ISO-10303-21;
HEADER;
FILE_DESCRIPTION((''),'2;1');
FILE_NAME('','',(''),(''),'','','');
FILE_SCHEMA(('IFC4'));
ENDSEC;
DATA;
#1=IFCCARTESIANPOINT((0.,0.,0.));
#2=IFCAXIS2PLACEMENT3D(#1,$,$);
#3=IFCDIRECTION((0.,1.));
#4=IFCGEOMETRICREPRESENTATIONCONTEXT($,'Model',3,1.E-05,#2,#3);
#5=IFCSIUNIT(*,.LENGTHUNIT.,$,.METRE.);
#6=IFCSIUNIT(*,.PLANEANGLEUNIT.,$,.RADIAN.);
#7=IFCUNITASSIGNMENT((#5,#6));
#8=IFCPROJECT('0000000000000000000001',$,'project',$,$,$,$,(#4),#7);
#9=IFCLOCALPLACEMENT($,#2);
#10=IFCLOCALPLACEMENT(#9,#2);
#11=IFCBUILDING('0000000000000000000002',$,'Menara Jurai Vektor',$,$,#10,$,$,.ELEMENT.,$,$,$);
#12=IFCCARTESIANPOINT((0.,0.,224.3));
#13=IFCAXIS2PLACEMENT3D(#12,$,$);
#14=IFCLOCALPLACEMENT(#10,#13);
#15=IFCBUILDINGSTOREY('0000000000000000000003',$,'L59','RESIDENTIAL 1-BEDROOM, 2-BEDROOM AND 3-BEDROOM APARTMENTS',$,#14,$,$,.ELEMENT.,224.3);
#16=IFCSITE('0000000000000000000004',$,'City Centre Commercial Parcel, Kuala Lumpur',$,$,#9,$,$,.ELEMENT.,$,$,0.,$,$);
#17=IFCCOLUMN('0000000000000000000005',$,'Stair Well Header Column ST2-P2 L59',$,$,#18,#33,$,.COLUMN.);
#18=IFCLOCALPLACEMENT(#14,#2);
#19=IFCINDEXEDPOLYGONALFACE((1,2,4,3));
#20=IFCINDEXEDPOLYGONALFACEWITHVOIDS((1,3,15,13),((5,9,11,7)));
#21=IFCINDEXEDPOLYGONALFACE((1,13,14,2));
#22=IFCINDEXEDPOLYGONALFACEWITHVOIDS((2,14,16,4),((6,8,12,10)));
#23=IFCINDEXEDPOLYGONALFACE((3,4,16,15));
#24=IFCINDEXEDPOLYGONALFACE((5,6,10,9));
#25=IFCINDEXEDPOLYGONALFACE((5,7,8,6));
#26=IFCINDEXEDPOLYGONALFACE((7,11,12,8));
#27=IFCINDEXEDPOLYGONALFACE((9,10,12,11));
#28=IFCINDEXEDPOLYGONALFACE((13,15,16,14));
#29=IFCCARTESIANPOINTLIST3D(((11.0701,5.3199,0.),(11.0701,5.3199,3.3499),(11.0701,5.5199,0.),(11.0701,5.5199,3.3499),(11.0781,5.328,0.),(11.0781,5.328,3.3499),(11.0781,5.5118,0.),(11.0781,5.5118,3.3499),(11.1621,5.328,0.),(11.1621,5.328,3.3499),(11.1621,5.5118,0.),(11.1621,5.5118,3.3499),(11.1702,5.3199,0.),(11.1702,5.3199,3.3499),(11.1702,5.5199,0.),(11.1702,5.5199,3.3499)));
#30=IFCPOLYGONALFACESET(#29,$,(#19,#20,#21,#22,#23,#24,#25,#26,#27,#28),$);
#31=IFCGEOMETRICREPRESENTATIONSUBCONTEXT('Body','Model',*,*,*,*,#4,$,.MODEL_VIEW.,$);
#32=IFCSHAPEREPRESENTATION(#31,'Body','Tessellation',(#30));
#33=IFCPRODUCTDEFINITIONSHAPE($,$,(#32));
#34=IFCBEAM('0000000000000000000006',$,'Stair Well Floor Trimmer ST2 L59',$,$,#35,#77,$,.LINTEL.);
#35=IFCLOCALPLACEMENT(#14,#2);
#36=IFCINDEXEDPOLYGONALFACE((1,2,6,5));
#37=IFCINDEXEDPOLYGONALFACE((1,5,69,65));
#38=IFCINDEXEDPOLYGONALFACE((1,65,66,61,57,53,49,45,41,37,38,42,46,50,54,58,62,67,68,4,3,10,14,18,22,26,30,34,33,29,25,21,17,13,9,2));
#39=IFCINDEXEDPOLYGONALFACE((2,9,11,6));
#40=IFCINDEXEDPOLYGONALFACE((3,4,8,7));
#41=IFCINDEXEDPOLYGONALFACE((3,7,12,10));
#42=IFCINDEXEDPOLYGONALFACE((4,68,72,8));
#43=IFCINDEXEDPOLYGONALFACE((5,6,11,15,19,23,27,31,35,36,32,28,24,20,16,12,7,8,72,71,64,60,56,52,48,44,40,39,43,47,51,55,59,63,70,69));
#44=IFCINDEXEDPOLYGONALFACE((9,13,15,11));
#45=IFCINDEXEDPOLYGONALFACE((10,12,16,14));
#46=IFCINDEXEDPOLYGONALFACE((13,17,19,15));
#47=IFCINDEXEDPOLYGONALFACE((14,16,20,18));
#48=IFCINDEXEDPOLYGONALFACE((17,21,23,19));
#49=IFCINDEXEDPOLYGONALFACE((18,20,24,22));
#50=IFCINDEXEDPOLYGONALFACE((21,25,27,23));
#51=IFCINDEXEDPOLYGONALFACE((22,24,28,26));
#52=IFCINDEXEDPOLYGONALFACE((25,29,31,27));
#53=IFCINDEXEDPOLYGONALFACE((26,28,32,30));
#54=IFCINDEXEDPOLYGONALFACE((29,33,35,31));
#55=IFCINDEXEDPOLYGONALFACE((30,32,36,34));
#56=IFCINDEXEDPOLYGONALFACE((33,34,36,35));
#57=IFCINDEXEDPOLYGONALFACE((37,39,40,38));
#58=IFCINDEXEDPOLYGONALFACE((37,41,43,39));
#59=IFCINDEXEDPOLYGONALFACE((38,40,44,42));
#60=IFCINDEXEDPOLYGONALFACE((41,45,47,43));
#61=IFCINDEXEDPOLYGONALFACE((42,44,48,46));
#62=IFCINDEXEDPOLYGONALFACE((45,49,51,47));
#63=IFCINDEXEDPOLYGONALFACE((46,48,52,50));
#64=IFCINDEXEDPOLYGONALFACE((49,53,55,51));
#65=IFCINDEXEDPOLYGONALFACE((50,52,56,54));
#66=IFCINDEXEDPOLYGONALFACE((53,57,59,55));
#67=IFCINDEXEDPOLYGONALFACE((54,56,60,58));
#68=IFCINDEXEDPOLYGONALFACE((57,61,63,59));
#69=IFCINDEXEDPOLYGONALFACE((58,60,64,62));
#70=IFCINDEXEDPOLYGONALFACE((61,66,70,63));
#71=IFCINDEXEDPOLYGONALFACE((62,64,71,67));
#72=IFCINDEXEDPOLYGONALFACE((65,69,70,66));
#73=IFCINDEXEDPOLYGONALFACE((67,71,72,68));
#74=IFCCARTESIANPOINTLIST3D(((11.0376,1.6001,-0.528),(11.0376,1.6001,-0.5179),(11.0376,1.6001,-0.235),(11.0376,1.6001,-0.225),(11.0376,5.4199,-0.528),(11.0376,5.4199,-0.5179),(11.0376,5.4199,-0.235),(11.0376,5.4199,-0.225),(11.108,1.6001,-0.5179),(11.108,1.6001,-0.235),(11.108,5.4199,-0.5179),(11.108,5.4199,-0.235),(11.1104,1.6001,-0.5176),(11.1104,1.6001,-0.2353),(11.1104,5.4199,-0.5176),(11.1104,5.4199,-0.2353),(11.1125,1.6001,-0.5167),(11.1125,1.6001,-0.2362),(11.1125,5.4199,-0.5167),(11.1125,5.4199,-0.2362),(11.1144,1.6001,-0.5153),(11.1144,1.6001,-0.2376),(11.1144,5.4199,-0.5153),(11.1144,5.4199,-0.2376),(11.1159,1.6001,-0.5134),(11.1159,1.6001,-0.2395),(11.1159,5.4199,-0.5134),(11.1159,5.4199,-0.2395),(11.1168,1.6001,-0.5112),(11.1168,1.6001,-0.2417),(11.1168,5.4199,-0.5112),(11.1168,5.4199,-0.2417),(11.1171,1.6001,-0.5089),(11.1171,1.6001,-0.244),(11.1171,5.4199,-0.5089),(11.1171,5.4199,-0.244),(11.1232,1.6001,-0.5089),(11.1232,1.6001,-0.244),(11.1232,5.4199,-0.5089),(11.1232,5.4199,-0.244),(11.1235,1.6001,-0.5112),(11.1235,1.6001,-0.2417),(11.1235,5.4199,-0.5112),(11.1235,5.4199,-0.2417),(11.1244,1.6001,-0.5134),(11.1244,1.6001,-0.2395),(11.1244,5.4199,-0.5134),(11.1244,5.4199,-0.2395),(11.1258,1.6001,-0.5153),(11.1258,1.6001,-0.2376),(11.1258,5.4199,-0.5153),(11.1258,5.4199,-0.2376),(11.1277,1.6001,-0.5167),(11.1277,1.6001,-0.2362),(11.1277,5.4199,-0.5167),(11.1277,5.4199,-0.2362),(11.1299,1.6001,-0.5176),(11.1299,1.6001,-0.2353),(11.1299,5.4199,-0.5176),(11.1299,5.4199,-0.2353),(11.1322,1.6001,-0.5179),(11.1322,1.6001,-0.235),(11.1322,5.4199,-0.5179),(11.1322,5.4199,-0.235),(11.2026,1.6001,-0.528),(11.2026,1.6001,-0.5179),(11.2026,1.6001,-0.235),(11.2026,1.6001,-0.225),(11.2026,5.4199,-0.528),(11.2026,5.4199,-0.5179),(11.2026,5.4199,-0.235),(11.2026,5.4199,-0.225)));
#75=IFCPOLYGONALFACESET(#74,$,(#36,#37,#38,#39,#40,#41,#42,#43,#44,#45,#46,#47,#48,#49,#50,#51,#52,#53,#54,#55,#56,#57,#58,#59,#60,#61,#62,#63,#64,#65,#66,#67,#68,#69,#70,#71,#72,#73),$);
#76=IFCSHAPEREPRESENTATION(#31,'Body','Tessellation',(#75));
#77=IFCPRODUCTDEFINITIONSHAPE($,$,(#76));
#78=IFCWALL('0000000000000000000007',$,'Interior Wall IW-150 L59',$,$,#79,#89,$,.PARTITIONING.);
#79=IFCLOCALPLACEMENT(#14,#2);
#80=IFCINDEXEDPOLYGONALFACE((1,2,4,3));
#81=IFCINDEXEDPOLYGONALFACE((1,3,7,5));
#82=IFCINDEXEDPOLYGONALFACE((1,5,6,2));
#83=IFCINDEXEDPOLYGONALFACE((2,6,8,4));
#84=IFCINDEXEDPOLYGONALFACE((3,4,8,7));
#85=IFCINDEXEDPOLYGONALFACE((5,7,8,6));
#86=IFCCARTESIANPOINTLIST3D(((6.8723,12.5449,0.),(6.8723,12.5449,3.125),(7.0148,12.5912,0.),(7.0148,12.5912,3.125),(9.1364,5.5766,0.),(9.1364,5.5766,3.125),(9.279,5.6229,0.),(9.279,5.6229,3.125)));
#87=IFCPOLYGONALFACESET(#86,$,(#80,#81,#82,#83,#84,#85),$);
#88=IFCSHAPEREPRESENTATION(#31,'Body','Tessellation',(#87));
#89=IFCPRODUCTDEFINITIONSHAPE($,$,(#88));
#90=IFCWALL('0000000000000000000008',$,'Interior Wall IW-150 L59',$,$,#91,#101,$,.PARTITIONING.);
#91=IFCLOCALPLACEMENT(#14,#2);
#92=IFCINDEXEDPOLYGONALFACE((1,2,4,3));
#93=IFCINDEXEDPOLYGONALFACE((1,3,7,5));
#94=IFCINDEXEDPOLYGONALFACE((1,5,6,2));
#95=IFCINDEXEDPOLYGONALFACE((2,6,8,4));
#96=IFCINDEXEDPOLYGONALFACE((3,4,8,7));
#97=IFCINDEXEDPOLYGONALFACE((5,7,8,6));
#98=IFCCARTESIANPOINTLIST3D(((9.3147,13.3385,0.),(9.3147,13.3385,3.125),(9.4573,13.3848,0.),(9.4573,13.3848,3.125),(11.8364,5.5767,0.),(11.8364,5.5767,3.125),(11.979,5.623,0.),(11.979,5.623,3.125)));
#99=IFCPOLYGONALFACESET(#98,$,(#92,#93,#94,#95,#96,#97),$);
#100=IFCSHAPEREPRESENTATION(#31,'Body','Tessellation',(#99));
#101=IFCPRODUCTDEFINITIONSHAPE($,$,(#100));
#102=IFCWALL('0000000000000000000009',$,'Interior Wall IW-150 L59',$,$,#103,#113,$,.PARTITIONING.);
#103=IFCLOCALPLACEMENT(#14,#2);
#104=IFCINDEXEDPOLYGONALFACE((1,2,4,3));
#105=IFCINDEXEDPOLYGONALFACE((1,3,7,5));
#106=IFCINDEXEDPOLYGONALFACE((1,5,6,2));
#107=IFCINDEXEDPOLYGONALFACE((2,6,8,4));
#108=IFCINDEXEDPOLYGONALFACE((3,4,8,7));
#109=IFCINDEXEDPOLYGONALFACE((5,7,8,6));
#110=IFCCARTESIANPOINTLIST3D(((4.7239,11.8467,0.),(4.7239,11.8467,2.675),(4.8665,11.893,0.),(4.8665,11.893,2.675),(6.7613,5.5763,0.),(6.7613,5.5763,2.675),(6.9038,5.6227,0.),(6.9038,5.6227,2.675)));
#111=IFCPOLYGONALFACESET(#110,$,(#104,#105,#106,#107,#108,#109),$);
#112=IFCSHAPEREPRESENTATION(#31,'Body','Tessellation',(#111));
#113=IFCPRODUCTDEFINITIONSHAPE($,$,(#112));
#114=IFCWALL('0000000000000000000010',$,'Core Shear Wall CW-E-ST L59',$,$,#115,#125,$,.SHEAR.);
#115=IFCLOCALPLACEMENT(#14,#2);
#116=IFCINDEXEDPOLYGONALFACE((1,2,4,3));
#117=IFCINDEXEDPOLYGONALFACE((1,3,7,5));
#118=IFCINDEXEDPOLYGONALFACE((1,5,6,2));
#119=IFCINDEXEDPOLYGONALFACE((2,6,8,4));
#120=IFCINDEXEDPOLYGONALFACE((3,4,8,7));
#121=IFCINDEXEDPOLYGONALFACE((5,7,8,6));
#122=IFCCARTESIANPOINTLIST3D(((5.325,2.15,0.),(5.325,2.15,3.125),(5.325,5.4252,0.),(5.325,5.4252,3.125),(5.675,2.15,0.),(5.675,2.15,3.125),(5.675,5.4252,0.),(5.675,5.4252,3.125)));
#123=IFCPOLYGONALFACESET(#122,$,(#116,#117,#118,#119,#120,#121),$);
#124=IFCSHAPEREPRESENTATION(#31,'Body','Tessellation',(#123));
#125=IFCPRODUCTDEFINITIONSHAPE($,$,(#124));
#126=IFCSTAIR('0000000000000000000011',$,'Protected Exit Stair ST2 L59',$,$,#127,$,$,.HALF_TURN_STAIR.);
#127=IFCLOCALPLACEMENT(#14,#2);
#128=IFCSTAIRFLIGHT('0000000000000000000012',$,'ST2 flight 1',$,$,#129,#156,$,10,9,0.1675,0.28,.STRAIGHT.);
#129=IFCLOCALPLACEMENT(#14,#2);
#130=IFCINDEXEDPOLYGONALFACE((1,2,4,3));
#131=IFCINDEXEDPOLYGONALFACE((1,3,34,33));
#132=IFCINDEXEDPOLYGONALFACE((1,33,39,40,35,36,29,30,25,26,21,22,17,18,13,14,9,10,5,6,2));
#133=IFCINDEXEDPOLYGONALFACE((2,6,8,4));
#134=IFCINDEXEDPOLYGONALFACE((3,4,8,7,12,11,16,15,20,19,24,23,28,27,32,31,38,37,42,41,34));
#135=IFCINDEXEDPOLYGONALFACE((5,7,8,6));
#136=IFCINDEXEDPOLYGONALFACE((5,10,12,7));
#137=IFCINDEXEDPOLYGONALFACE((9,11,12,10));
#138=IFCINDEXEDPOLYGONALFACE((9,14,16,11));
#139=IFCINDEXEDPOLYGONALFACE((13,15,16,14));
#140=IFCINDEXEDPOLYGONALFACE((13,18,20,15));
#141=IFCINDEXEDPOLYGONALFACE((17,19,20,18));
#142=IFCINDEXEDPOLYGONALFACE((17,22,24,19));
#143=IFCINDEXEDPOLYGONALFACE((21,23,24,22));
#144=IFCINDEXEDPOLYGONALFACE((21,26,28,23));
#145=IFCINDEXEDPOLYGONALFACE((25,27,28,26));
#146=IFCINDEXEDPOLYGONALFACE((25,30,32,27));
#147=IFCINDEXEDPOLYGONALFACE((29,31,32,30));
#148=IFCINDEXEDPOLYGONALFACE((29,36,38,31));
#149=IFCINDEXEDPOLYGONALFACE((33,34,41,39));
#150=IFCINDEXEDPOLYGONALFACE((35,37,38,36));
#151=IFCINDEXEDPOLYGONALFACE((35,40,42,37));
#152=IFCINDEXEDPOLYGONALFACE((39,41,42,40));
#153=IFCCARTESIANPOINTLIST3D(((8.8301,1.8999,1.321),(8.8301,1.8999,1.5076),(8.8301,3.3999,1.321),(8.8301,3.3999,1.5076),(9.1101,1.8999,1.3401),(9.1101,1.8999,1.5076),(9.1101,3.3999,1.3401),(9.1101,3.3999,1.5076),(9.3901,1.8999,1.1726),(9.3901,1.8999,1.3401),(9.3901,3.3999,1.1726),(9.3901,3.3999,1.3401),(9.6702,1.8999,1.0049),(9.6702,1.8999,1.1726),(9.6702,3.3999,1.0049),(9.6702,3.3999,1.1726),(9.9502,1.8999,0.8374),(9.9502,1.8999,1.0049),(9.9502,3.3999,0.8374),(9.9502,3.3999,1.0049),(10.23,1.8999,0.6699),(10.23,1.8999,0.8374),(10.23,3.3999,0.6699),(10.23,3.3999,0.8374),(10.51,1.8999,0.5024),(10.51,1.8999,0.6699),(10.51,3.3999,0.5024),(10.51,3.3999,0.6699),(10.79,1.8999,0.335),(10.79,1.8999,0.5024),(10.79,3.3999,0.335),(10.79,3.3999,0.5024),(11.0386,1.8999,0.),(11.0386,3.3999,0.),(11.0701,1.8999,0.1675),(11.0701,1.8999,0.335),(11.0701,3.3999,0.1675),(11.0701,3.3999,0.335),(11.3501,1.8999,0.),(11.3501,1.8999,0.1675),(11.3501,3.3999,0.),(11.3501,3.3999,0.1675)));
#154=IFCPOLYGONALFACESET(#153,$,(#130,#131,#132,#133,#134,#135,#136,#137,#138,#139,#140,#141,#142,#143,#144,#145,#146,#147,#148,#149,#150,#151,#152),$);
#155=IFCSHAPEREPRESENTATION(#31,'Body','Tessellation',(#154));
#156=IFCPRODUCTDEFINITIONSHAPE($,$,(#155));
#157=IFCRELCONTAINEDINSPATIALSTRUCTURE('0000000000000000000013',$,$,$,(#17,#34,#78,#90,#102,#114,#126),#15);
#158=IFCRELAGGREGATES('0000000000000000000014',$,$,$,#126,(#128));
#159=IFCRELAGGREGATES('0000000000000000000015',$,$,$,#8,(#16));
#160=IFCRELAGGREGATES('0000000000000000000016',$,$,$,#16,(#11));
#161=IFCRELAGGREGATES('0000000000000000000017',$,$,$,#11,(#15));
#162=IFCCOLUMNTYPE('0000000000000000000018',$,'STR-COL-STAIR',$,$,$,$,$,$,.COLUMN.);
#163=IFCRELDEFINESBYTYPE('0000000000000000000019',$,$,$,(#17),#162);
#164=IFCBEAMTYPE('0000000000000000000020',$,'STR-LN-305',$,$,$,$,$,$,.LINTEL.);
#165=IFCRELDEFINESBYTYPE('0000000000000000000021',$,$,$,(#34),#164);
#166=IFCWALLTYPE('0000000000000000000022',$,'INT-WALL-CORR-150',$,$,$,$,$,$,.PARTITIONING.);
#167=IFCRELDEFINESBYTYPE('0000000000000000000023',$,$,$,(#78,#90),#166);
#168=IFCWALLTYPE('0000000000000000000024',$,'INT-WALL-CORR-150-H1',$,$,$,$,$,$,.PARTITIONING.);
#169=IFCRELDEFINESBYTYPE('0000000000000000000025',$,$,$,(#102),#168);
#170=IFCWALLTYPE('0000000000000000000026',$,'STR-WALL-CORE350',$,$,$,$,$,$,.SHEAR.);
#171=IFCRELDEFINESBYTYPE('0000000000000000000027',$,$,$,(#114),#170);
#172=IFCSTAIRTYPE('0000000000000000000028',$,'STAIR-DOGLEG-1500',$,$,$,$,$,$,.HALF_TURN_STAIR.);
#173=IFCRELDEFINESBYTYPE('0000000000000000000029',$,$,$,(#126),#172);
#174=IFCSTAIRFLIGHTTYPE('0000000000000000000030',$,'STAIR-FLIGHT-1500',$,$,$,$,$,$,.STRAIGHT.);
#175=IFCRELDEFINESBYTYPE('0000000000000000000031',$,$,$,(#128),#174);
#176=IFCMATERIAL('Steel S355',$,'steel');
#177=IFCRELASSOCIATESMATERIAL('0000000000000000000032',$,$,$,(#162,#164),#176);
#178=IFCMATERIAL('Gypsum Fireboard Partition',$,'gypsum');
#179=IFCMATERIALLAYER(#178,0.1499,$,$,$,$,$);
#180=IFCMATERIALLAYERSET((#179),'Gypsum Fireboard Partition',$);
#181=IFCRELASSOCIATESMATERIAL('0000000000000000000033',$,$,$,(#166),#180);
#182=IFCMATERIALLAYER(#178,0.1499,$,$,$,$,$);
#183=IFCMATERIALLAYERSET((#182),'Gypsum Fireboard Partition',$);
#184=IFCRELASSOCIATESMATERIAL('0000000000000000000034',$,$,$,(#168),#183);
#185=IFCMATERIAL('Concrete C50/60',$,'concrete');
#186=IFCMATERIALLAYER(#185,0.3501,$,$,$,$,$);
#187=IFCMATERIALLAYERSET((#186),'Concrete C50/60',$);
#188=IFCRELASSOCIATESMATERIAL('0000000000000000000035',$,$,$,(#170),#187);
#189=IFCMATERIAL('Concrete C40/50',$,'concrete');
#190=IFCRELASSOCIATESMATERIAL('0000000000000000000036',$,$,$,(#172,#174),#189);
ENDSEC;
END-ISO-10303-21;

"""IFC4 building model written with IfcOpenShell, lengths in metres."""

from ifc_helpers import new_model, si_unit, direction, frame, frame_2d, origin, origin_2d, place, context, subcontext, project, spatial, polyline, rectangle, hollow_rectangle, i_section, outline, extrude, material, layer, layer_set, material_profile, profile_set, type_object, element, aggregate, save


model = new_model("IFC4")

# Units and contexts
model_context = context("Model", 3, precision=1e-05, world=origin(), true_north=direction((0.0, 1.0)))
body_context = subcontext(model_context, "Body", "Model", "MODEL_VIEW")
ifc_project = project(units=[si_unit("LENGTHUNIT", "METRE"), si_unit("PLANEANGLEUNIT", "RADIAN")], contexts=[model_context])

# Site, building, storey
site_placement = place(None, origin())
site = spatial("IfcSite", under=ifc_project, at=site_placement, Name="City Centre Commercial Parcel, Kuala Lumpur", CompositionType="ELEMENT", RefElevation=0.0)
building_placement = place(site_placement, origin())
building = spatial("IfcBuilding", under=site, at=building_placement, Name="Menara Jurai Vektor", CompositionType="ELEMENT")
storey_placement = place(building_placement, frame((0.0, 0.0, 224.3)))
storey = spatial("IfcBuildingStorey", under=building, at=storey_placement, Name="L59", Description="RESIDENTIAL 1-BEDROOM, 2-BEDROOM AND 3-BEDROOM APARTMENTS", CompositionType="ELEMENT", Elevation=224.3)

# Column
ifc_material_1 = material(Name="Steel S355", Category="steel")
ifc_material_profile_1 = material_profile(ifc_material_1, hollow_rectangle(XDim=0.1001, YDim=0.2, WallThickness=0.0081, at=origin_2d()), Name="RHS 200x100x8")
ifc_profile_set_1 = profile_set([ifc_material_profile_1], Name="Steel S355")
column_type = type_object("IfcColumnType", Name="STR-COL-STAIR", PredefinedType="COLUMN", material=ifc_profile_set_1)
column_placement = place(storey_placement, frame((11.1201, 5.4199, 0.0), z_axis=(0.0, 0.0, 1.0), x_axis=(1.0, 0.0, 0.0)))
element("IfcColumn", 1, at=column_placement, inside=storey, type_object=column_type, Name="Stair Well Header Column ST2-P2 L59", PredefinedType="COLUMN", context=body_context, shape_type="SweptSolid", body=[
    extrude(hollow_rectangle(XDim=0.1001, YDim=0.2, WallThickness=0.0081, at=origin_2d()), origin(), (0.0, 0.0, 1.0), 3.3499),
])

# Beam
ifc_material_profile_2 = material_profile(ifc_material_1, i_section(OverallWidth=0.165, OverallDepth=0.303, WebThickness=0.0061, FlangeThickness=0.01, FilletRadius=0.009, at=origin_2d()), Name="UKB 305x165x40")
ifc_profile_set_2 = profile_set([ifc_material_profile_2], Name="Steel S355")
beam_type = type_object("IfcBeamType", Name="STR-LN-305", PredefinedType="LINTEL", material=ifc_profile_set_2)
beam_placement = place(storey_placement, frame((11.1201, 1.6001, -0.3765), z_axis=(0.0, 1.0, 0.0), x_axis=(-1.0, 0.0, 0.0)))
element("IfcBeam", 2, at=beam_placement, inside=storey, type_object=beam_type, Name="Stair Well Floor Trimmer ST2 L59", PredefinedType="LINTEL", context=body_context, shape_type="SweptSolid", body=[
    extrude(i_section(OverallWidth=0.165, OverallDepth=0.303, WebThickness=0.0061, FlangeThickness=0.01, FilletRadius=0.009, at=origin_2d()), origin(), (0.0, 0.0, 1.0), 3.8198),
])

# Shared definitions
ifc_material_2 = material(Name="Concrete C40/50", Category="concrete")
ifc_material_3 = material(Name="Gypsum Fireboard Partition", Category="gypsum")
ifc_layer_1 = layer(ifc_material_3, 0.1499)
ifc_layer_set_1 = layer_set([ifc_layer_1], Name="Gypsum Fireboard Partition")
wall_type_1 = type_object("IfcWallType", Name="INT-WALL-CORR-150", PredefinedType="PARTITIONING", material=ifc_layer_set_1)

# Walls
wall_1_placement = place(storey_placement, frame((9.2078, 5.5996, 0.0), z_axis=(0.0, 0.0, 1.0), x_axis=(-0.309021, 0.951055, 0.0)))
element("IfcWall", 3, at=wall_1_placement, inside=storey, type_object=wall_type_1, Name="Interior Wall IW-150 L59", PredefinedType="PARTITIONING", context=body_context, shape_type="SweptSolid", body=[
    extrude(rectangle(XDim=7.3269, YDim=0.1499, at=frame_2d((3.6636, 0.0))), origin(), (0.0, 0.0, 1.0), 3.125),
])
wall_2_placement = place(storey_placement, frame((11.9077, 5.5999, 0.0), z_axis=(0.0, 0.0, 1.0), x_axis=(-0.308994, 0.951064, 0.0)))
element("IfcWall", 4, at=wall_2_placement, inside=storey, type_object=wall_type_1, Name="Interior Wall IW-150 L59", PredefinedType="PARTITIONING", context=body_context, shape_type="SweptSolid", body=[
    extrude(rectangle(XDim=8.1611, YDim=0.1499, at=frame_2d((4.0806, 0.0))), origin(), (0.0, 0.0, 1.0), 3.125),
])
ifc_layer_2 = layer(ifc_material_3, 0.1499)
ifc_layer_set_2 = layer_set([ifc_layer_2], Name="Gypsum Fireboard Partition")
wall_type_2 = type_object("IfcWallType", Name="INT-WALL-CORR-150-H1", PredefinedType="PARTITIONING", material=ifc_layer_set_2)
wall_3_placement = place(storey_placement, frame((6.8325, 5.5996, 0.0), z_axis=(0.0, 0.0, 1.0), x_axis=(-0.30902, 0.951056, 0.0)))
element("IfcWall", 5, at=wall_3_placement, inside=storey, type_object=wall_type_2, Name="Interior Wall IW-150 L59", PredefinedType="PARTITIONING", context=body_context, shape_type="SweptSolid", body=[
    extrude(rectangle(XDim=6.593, YDim=0.1499, at=frame_2d((3.2964, 0.0))), origin(), (0.0, 0.0, 1.0), 2.675),
])
ifc_material_4 = material(Name="Concrete C50/60", Category="concrete")
ifc_layer_3 = layer(ifc_material_4, 0.3501)
ifc_layer_set_3 = layer_set([ifc_layer_3], Name="Concrete C50/60")
wall_type_3 = type_object("IfcWallType", Name="STR-WALL-CORE350", PredefinedType="SHEAR", material=ifc_layer_set_3)
wall_4_placement = place(storey_placement, frame((5.5, 2.1499, 0.0), z_axis=(0.0, 0.0, 1.0), x_axis=(0.0, 1.0, 0.0)))
element("IfcWall", 6, at=wall_4_placement, inside=storey, type_object=wall_type_3, Name="Core Shear Wall CW-E-ST L59", PredefinedType="SHEAR", context=body_context, shape_type="SweptSolid", body=[
    extrude(rectangle(XDim=3.2751, YDim=0.3501, at=frame_2d((1.6377, 0.0))), origin(), (0.0, 0.0, 1.0), 3.125),
])

# Stair, stair flight
stair_type = type_object("IfcStairType", Name="STAIR-DOGLEG-1500", PredefinedType="HALF_TURN_STAIR", material=ifc_material_2)
stair_placement = place(storey_placement, origin())
stair = element("IfcStair", 7, at=stair_placement, inside=storey, type_object=stair_type, Name="Protected Exit Stair ST2 L59", PredefinedType="HALF_TURN_STAIR")
stair_flight_type = type_object("IfcStairFlightType", Name="STAIR-FLIGHT-1500", PredefinedType="STRAIGHT", material=ifc_material_2)
stair_flight_1_placement = place(storey_placement, frame((11.3501, 2.6499, 0.0), z_axis=(0.0, 0.0, 1.0), x_axis=(-1.0, 0.0, 0.0)))
stair_flight_1 = element("IfcStairFlight", 8, at=stair_flight_1_placement, type_object=stair_flight_type, Name="ST2 flight 1", NumberOfRisers=10, NumberOfTreads=9, PredefinedType="STRAIGHT", RiserHeight=0.1675, TreadLength=0.28, context=body_context, shape_type="SweptSolid", body=[
    extrude(outline(polyline([(0.0, 0.0), (0.0, 0.1675), (0.28, 0.1675), (0.28, 0.335), (0.5601, 0.335), (0.5601, 0.5024), (0.8401, 0.5024), (0.8401, 0.6699), (1.1201, 0.6699), (1.1201, 0.8374), (1.3999, 0.8374), (1.3999, 1.0049), (1.6799, 1.0049), (1.6799, 1.1726), (1.96, 1.1726), (1.96, 1.3401), (2.24, 1.3401), (2.24, 1.5076), (2.52, 1.5076), (2.52, 1.675), (2.52, 1.321), (0.3115, 0.0), (0.0, 0.0)])), frame((0.0, 0.75, 0.0), z_axis=(0.0, -1.0, 0.0), x_axis=(1.0, 0.0, 0.0)), (0.0, 0.0, 1.0), 1.5),
])
aggregate(stair, [stair_flight_1])

save(model, "model.ifc")
